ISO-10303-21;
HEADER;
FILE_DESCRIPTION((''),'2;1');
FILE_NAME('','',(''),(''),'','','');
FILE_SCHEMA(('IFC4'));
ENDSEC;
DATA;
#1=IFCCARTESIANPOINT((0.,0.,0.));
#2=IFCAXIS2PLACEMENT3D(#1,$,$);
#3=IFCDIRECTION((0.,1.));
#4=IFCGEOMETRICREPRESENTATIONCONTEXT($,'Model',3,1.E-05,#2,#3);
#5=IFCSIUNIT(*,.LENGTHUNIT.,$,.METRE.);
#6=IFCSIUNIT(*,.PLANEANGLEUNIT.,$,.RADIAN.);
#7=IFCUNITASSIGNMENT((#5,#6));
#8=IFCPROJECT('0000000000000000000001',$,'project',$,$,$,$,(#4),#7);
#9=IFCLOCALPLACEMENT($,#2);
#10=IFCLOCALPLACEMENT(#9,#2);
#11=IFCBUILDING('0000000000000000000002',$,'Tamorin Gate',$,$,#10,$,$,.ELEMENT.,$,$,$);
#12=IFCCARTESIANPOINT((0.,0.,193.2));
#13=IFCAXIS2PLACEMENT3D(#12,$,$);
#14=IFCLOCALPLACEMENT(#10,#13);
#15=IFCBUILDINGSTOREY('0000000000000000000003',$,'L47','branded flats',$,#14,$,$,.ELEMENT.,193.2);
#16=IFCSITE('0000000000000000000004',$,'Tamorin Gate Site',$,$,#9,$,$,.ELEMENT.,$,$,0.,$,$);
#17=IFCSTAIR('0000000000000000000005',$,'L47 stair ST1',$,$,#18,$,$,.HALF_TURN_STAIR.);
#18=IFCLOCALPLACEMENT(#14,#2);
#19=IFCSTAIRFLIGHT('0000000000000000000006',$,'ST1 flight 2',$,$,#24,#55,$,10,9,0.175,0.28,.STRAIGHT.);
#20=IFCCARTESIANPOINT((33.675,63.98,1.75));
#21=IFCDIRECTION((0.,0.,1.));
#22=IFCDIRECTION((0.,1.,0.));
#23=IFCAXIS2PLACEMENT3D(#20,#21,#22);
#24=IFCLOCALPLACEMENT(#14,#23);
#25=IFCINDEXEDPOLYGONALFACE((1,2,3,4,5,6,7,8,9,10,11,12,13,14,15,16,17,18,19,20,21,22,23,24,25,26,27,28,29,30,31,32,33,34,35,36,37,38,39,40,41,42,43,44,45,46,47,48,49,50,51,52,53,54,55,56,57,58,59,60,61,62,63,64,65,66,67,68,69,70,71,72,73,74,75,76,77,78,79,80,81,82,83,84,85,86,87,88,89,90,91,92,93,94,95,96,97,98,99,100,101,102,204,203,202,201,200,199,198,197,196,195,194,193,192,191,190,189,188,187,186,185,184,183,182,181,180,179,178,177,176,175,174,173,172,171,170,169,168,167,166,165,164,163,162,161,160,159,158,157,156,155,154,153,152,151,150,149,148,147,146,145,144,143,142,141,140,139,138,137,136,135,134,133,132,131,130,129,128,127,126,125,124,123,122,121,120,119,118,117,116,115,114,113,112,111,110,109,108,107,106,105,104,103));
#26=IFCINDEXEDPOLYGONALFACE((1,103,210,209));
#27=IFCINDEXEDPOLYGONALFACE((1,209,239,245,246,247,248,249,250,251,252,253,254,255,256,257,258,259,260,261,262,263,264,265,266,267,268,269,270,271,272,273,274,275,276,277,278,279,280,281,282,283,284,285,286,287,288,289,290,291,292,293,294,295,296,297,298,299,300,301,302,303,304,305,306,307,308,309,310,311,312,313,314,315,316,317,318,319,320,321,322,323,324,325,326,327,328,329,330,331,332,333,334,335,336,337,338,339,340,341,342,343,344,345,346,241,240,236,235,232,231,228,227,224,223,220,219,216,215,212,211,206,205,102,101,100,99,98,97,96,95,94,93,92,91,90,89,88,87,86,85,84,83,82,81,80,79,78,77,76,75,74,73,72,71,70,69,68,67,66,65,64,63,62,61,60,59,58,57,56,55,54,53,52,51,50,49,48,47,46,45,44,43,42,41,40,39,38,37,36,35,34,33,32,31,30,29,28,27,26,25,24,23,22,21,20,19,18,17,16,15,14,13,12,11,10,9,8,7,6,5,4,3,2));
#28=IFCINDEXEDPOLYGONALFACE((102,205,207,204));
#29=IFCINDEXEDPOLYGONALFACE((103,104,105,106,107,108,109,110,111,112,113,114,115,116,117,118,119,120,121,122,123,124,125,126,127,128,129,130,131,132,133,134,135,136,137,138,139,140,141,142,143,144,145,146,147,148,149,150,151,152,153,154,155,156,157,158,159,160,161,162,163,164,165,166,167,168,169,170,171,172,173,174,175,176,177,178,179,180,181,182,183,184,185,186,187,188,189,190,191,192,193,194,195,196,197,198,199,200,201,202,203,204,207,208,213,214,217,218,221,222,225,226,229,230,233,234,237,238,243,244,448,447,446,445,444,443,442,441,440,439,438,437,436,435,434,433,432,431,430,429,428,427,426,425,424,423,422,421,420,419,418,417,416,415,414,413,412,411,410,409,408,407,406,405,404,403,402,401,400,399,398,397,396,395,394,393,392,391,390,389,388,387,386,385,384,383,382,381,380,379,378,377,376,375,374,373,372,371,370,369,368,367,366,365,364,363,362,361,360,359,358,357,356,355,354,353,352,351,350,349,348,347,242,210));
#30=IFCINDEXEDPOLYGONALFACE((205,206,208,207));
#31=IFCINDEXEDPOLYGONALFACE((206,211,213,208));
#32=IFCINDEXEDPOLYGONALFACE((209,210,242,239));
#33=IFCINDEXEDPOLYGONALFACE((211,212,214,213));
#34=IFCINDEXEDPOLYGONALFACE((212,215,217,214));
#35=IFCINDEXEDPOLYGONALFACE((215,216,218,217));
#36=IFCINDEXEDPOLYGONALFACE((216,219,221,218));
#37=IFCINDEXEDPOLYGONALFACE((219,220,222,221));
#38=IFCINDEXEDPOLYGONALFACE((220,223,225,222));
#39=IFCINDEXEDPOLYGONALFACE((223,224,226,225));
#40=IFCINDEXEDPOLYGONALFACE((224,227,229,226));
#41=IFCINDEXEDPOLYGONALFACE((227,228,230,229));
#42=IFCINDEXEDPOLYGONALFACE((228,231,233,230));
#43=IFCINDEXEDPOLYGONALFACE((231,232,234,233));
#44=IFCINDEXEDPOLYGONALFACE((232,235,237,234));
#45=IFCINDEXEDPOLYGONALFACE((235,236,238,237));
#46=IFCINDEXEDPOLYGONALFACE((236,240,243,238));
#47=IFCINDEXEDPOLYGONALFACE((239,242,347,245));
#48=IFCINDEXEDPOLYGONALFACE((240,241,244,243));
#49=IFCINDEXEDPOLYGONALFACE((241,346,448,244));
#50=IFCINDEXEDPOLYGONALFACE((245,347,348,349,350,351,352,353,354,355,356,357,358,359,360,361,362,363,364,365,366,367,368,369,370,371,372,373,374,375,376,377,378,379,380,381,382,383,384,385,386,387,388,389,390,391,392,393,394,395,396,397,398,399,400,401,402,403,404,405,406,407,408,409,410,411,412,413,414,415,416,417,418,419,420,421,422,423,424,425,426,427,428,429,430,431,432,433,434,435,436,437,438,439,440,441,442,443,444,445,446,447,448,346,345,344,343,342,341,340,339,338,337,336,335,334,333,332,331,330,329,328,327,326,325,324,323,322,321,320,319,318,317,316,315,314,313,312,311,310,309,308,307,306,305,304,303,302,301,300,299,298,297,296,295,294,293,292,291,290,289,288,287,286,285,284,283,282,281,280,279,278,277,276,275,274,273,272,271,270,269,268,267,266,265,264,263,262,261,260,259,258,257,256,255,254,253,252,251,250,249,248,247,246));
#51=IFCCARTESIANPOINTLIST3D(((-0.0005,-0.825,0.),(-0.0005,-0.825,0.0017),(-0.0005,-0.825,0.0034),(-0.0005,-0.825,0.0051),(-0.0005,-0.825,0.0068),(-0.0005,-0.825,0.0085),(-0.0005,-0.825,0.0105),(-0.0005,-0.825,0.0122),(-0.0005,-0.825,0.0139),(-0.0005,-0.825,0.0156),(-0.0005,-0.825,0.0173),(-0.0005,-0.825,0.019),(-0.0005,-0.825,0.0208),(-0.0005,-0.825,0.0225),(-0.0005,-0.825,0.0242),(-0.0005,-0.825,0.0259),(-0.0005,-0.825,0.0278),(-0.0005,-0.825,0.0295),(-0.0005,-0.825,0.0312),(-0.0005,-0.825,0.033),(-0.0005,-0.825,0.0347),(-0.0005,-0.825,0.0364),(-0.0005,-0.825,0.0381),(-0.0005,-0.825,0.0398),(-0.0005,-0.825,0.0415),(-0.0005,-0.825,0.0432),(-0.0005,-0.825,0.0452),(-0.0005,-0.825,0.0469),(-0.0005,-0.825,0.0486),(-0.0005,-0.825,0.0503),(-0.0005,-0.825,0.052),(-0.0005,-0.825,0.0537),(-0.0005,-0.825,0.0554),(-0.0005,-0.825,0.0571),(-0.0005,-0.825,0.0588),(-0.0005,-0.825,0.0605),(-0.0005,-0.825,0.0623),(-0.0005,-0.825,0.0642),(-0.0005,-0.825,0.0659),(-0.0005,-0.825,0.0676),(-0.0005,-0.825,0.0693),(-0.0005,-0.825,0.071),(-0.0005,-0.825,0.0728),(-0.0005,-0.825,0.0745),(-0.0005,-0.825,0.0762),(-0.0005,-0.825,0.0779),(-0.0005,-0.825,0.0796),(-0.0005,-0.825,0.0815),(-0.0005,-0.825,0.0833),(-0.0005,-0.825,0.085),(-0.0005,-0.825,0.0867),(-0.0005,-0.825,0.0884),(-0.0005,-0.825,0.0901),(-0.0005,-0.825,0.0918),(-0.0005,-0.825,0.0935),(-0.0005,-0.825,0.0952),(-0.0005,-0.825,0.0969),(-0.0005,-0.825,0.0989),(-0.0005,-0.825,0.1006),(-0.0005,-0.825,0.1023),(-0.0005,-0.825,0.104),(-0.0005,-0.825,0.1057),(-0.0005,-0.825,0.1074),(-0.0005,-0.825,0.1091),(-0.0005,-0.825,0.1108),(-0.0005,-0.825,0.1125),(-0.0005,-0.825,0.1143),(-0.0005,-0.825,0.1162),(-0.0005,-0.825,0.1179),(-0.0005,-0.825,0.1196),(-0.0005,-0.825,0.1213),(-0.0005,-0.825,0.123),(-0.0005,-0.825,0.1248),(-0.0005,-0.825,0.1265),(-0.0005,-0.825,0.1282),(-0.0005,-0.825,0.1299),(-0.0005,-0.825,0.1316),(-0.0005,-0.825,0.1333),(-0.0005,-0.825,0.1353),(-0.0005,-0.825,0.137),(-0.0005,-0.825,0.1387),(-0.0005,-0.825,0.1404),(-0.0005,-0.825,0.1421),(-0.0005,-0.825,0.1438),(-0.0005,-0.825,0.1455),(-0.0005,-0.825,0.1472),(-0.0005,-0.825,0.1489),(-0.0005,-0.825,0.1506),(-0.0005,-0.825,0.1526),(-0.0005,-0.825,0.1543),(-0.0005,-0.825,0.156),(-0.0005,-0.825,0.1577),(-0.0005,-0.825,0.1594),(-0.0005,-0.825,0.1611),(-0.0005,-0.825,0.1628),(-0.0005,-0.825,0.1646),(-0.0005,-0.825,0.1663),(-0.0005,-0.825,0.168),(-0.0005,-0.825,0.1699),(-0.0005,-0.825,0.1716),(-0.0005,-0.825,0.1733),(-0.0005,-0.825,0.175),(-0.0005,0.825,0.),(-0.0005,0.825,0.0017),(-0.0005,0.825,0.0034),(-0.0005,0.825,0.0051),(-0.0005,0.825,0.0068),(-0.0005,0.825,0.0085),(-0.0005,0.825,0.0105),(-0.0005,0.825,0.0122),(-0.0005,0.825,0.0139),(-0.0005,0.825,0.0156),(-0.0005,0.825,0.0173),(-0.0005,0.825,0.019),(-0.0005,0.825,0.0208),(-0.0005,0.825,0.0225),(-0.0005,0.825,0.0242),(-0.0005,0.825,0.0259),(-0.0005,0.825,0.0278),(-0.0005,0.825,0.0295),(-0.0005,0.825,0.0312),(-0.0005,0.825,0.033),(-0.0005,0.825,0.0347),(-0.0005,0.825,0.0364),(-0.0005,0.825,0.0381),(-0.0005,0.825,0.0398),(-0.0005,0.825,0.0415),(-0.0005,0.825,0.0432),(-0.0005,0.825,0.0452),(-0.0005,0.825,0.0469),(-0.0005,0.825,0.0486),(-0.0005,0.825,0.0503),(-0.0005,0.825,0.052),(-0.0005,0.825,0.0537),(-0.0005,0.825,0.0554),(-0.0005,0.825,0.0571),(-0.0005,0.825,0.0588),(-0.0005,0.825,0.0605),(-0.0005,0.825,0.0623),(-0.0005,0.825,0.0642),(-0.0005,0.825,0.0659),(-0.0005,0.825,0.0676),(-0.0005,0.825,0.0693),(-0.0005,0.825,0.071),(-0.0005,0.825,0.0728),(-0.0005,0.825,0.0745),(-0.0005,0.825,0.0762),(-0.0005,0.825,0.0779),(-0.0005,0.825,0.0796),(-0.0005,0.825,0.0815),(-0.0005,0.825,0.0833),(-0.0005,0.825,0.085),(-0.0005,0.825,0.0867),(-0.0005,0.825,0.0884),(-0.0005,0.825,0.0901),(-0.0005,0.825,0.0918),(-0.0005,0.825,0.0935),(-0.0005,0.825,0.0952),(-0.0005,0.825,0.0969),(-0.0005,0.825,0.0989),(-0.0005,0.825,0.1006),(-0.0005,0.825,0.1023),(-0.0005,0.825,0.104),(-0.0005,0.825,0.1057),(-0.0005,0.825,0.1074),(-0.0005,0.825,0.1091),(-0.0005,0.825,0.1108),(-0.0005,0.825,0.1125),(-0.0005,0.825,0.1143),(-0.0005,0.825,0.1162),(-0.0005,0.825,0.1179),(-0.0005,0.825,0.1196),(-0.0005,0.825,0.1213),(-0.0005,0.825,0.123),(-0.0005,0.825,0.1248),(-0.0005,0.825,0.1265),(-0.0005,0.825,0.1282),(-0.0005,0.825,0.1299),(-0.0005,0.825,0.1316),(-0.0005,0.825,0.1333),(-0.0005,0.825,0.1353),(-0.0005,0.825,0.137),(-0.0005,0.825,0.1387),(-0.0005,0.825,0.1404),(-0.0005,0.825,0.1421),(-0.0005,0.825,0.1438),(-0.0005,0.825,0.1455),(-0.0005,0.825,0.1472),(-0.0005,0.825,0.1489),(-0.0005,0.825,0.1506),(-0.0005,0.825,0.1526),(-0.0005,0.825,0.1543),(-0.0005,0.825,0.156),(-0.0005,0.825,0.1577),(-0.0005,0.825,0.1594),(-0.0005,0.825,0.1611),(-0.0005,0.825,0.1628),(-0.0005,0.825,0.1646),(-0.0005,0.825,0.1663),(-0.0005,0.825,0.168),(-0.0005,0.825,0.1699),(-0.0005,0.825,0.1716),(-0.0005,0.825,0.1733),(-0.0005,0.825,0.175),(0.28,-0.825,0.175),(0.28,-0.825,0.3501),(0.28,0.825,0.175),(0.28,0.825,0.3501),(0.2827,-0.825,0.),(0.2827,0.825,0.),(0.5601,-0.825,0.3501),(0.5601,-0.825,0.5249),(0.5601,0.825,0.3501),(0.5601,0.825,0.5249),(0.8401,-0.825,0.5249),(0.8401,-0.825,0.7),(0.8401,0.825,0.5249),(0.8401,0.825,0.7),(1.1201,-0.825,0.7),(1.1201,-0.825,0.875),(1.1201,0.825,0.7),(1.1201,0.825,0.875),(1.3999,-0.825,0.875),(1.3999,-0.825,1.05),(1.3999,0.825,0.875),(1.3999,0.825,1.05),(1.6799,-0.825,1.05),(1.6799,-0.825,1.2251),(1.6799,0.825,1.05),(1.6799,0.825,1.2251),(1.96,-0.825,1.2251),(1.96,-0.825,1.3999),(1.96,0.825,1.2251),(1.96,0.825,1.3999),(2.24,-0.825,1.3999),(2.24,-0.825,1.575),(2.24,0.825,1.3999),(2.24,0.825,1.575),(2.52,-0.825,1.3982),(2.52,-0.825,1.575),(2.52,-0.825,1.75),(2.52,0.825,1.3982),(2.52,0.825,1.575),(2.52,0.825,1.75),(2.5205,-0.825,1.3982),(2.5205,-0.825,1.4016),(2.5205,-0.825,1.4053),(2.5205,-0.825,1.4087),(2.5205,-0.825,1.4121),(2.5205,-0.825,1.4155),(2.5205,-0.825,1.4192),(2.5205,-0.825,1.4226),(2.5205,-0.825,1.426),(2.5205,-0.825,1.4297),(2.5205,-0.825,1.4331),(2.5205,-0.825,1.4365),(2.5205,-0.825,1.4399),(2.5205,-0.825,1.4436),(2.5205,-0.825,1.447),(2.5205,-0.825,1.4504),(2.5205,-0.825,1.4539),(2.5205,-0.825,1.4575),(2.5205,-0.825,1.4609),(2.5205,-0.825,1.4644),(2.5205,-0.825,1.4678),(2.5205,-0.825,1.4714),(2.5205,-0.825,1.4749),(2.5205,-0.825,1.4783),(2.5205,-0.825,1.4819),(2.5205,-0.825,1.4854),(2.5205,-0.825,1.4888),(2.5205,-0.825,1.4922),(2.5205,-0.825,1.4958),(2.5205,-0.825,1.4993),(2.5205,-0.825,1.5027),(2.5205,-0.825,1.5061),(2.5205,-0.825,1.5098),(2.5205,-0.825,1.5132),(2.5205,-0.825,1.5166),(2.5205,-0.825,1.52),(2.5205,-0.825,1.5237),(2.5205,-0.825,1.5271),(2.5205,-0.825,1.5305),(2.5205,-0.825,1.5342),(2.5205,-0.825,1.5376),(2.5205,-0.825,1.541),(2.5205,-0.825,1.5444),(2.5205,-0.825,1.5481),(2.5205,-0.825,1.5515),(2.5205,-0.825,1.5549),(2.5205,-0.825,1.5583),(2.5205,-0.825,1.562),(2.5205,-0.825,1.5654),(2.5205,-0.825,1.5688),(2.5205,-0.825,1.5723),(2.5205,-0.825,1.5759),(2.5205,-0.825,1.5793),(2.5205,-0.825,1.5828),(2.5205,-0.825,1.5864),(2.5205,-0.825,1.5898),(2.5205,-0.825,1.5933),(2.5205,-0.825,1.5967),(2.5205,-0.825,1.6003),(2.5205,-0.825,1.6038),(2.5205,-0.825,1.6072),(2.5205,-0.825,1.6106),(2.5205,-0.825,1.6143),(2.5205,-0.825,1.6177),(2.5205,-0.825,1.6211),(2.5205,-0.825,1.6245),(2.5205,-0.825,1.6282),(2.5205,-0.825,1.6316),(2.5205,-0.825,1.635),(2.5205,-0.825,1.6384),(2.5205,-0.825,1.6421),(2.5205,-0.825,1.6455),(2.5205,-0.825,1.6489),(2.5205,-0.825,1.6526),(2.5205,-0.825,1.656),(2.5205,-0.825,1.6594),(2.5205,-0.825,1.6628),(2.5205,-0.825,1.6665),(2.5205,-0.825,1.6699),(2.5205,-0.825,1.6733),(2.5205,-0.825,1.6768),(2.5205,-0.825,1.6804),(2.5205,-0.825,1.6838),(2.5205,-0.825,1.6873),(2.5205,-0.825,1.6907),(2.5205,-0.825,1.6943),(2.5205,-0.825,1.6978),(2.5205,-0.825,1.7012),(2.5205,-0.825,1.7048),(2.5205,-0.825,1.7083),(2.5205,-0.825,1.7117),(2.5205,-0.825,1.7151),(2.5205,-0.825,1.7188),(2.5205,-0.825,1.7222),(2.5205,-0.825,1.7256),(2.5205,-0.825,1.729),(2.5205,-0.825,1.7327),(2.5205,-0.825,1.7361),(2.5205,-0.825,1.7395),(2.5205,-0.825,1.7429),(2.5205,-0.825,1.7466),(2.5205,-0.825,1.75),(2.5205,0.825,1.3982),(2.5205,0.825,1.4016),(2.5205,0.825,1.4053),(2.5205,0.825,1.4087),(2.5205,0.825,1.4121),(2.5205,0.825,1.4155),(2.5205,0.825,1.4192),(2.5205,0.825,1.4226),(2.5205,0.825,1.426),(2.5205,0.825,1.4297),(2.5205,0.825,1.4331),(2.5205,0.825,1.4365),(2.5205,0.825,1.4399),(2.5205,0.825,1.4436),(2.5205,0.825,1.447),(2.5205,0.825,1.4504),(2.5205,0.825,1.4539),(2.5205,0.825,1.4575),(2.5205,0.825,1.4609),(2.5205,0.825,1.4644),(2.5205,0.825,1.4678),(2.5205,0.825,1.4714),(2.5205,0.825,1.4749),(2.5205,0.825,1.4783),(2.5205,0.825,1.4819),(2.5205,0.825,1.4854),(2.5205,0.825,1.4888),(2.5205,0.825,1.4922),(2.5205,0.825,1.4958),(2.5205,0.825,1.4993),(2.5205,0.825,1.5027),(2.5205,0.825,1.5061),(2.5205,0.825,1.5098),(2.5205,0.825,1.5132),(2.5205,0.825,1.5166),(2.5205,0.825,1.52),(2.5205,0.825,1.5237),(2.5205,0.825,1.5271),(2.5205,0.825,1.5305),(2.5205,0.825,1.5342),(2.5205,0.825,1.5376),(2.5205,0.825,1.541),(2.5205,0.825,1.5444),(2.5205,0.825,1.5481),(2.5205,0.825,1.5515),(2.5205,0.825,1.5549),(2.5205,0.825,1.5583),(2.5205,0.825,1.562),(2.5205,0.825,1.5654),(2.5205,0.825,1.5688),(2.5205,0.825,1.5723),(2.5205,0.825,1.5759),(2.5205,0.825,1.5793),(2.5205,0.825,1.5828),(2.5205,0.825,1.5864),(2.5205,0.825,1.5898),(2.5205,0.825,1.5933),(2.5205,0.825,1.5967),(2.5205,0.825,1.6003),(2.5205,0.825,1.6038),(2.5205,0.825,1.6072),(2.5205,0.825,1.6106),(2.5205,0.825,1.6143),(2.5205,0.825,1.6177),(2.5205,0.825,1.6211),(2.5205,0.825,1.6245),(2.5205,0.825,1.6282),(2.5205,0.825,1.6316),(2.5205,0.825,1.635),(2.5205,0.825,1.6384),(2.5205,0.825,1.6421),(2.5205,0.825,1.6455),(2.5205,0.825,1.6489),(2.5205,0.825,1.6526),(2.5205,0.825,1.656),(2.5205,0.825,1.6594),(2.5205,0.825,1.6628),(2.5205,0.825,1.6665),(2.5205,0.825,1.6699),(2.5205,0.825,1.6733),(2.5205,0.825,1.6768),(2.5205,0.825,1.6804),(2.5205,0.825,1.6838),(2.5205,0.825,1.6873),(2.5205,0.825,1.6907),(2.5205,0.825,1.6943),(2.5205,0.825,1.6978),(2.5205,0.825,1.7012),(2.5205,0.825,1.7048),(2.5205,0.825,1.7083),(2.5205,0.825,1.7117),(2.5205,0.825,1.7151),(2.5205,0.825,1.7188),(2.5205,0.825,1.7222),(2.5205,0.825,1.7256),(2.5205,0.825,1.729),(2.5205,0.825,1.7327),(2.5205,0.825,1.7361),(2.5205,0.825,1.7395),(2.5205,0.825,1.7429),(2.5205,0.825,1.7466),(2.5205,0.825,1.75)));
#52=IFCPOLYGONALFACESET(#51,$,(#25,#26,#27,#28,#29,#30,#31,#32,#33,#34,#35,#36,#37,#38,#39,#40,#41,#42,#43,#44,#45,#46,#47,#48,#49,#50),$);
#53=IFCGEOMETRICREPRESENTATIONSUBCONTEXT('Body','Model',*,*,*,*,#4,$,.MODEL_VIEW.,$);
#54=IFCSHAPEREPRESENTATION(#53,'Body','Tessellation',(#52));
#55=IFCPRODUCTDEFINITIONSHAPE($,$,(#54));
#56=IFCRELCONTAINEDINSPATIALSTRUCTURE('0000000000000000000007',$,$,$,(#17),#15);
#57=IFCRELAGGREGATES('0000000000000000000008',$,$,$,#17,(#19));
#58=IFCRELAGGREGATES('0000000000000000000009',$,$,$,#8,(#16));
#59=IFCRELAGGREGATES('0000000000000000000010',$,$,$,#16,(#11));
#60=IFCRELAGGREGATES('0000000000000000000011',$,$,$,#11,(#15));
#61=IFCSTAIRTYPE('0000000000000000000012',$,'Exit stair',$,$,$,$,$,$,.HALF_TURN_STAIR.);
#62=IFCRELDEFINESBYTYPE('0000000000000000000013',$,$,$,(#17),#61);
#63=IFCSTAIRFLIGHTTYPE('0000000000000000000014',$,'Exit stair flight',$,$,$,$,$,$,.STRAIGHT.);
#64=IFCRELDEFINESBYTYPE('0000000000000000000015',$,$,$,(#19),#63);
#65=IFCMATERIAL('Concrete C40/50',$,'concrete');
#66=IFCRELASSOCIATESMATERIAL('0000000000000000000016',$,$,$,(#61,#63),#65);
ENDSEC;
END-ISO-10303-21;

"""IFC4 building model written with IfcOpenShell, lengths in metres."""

from ifc_helpers import new_model, si_unit, direction, frame, origin, place, context, subcontext, project, spatial, polyline, outline, extrude, material, type_object, element, aggregate, save


model = new_model("IFC4")

# Units and contexts
model_context = context("Model", 3, precision=1e-05, world=origin(), true_north=direction((0.0, 1.0)))
body_context = subcontext(model_context, "Body", "Model", "MODEL_VIEW")
ifc_project = project(units=[si_unit("LENGTHUNIT", "METRE"), si_unit("PLANEANGLEUNIT", "RADIAN")], contexts=[model_context])

# Site, building, storey
site_placement = place(None, origin())
site = spatial("IfcSite", under=ifc_project, at=site_placement, Name="Tamorin Gate Site", CompositionType="ELEMENT", RefElevation=0.0)
building_placement = place(site_placement, origin())
building = spatial("IfcBuilding", under=site, at=building_placement, Name="Tamorin Gate", CompositionType="ELEMENT")
storey_placement = place(building_placement, frame((0.0, 0.0, 193.2)))
storey = spatial("IfcBuildingStorey", under=building, at=storey_placement, Name="L47", Description="branded flats", CompositionType="ELEMENT", Elevation=193.2)

# Shared definitions
ifc_material_1 = material(Name="Concrete C40/50", Category="concrete")

# Stair, stair flight
stair_type = type_object("IfcStairType", Name="Exit stair", PredefinedType="HALF_TURN_STAIR", material=ifc_material_1)
stair_1_placement = place(storey_placement, origin())
stair_1 = element("IfcStair", 1, at=stair_1_placement, inside=storey, type_object=stair_type, Name="L47 stair ST1", PredefinedType="HALF_TURN_STAIR")
stair_flight_type = type_object("IfcStairFlightType", Name="Exit stair flight", PredefinedType="STRAIGHT", material=ifc_material_1)
stair_flight_1_placement = place(storey_placement, frame((33.675, 63.98, 1.75), z_axis=(0.0, 0.0, 1.0), x_axis=(0.0, 1.0, 0.0)))
stair_flight_1 = element("IfcStairFlight", 2, at=stair_flight_1_placement, type_object=stair_flight_type, Name="ST1 flight 2", NumberOfRisers=10, NumberOfTreads=9, PredefinedType="STRAIGHT", RiserHeight=0.175, TreadLength=0.28, context=body_context, shape_type="SweptSolid", body=[
    extrude(outline(polyline([(-0.0005, 0.0), (-0.0005, 0.0017), (-0.0005, 0.0034), (-0.0005, 0.0051), (-0.0005, 0.0068), (-0.0005, 0.0085), (-0.0005, 0.0105), (-0.0005, 0.0122), (-0.0005, 0.0139), (-0.0005, 0.0156), (-0.0005, 0.0173), (-0.0005, 0.019), (-0.0005, 0.0208), (-0.0005, 0.0225), (-0.0005, 0.0242), (-0.0005, 0.0259), (-0.0005, 0.0278), (-0.0005, 0.0295), (-0.0005, 0.0312), (-0.0005, 0.033), (-0.0005, 0.0347), (-0.0005, 0.0364), (-0.0005, 0.0381), (-0.0005, 0.0398), (-0.0005, 0.0415), (-0.0005, 0.0432), (-0.0005, 0.0452), (-0.0005, 0.0469), (-0.0005, 0.0486), (-0.0005, 0.0503), (-0.0005, 0.052), (-0.0005, 0.0537), (-0.0005, 0.0554), (-0.0005, 0.0571), (-0.0005, 0.0588), (-0.0005, 0.0605), (-0.0005, 0.0623), (-0.0005, 0.0642), (-0.0005, 0.0659), (-0.0005, 0.0676), (-0.0005, 0.0693), (-0.0005, 0.071), (-0.0005, 0.0728), (-0.0005, 0.0745), (-0.0005, 0.0762), (-0.0005, 0.0779), (-0.0005, 0.0796), (-0.0005, 0.0815), (-0.0005, 0.0833), (-0.0005, 0.085), (-0.0005, 0.0867), (-0.0005, 0.0884), (-0.0005, 0.0901), (-0.0005, 0.0918), (-0.0005, 0.0935), (-0.0005, 0.0952), (-0.0005, 0.0969), (-0.0005, 0.0989), (-0.0005, 0.1006), (-0.0005, 0.1023), (-0.0005, 0.104), (-0.0005, 0.1057), (-0.0005, 0.1074), (-0.0005, 0.1091), (-0.0005, 0.1108), (-0.0005, 0.1125), (-0.0005, 0.1143), (-0.0005, 0.1162), (-0.0005, 0.1179), (-0.0005, 0.1196), (-0.0005, 0.1213), (-0.0005, 0.123), (-0.0005, 0.1248), (-0.0005, 0.1265), (-0.0005, 0.1282), (-0.0005, 0.1299), (-0.0005, 0.1316), (-0.0005, 0.1333), (-0.0005, 0.1353), (-0.0005, 0.137), (-0.0005, 0.1387), (-0.0005, 0.1404), (-0.0005, 0.1421), (-0.0005, 0.1438), (-0.0005, 0.1455), (-0.0005, 0.1472), (-0.0005, 0.1489), (-0.0005, 0.1506), (-0.0005, 0.1526), (-0.0005, 0.1543), (-0.0005, 0.156), (-0.0005, 0.1577), (-0.0005, 0.1594), (-0.0005, 0.1611), (-0.0005, 0.1628), (-0.0005, 0.1646), (-0.0005, 0.1663), (-0.0005, 0.168), (-0.0005, 0.1699), (-0.0005, 0.1716), (-0.0005, 0.1733), (-0.0005, 0.175), (0.28, 0.175), (0.28, 0.3501), (0.5601, 0.3501), (0.5601, 0.5249), (0.8401, 0.5249), (0.8401, 0.7), (1.1201, 0.7), (1.1201, 0.875), (1.3999, 0.875), (1.3999, 1.05), (1.6799, 1.05), (1.6799, 1.2251), (1.96, 1.2251), (1.96, 1.3999), (2.24, 1.3999), (2.24, 1.575), (2.52, 1.575), (2.52, 1.75), (2.5205, 1.75), (2.5205, 1.7466), (2.5205, 1.7429), (2.5205, 1.7395), (2.5205, 1.7361), (2.5205, 1.7327), (2.5205, 1.729), (2.5205, 1.7256), (2.5205, 1.7222), (2.5205, 1.7188), (2.5205, 1.7151), (2.5205, 1.7117), (2.5205, 1.7083), (2.5205, 1.7048), (2.5205, 1.7012), (2.5205, 1.6978), (2.5205, 1.6943), (2.5205, 1.6907), (2.5205, 1.6873), (2.5205, 1.6838), (2.5205, 1.6804), (2.5205, 1.6768), (2.5205, 1.6733), (2.5205, 1.6699), (2.5205, 1.6665), (2.5205, 1.6628), (2.5205, 1.6594), (2.5205, 1.656), (2.5205, 1.6526), (2.5205, 1.6489), (2.5205, 1.6455), (2.5205, 1.6421), (2.5205, 1.6384), (2.5205, 1.635), (2.5205, 1.6316), (2.5205, 1.6282), (2.5205, 1.6245), (2.5205, 1.6211), (2.5205, 1.6177), (2.5205, 1.6143), (2.5205, 1.6106), (2.5205, 1.6072), (2.5205, 1.6038), (2.5205, 1.6003), (2.5205, 1.5967), (2.5205, 1.5933), (2.5205, 1.5898), (2.5205, 1.5864), (2.5205, 1.5828), (2.5205, 1.5793), (2.5205, 1.5759), (2.5205, 1.5723), (2.5205, 1.5688), (2.5205, 1.5654), (2.5205, 1.562), (2.5205, 1.5583), (2.5205, 1.5549), (2.5205, 1.5515), (2.5205, 1.5481), (2.5205, 1.5444), (2.5205, 1.541), (2.5205, 1.5376), (2.5205, 1.5342), (2.5205, 1.5305), (2.5205, 1.5271), (2.5205, 1.5237), (2.5205, 1.52), (2.5205, 1.5166), (2.5205, 1.5132), (2.5205, 1.5098), (2.5205, 1.5061), (2.5205, 1.5027), (2.5205, 1.4993), (2.5205, 1.4958), (2.5205, 1.4922), (2.5205, 1.4888), (2.5205, 1.4854), (2.5205, 1.4819), (2.5205, 1.4783), (2.5205, 1.4749), (2.5205, 1.4714), (2.5205, 1.4678), (2.5205, 1.4644), (2.5205, 1.4609), (2.5205, 1.4575), (2.5205, 1.4539), (2.5205, 1.4504), (2.5205, 1.447), (2.5205, 1.4436), (2.5205, 1.4399), (2.5205, 1.4365), (2.5205, 1.4331), (2.5205, 1.4297), (2.5205, 1.426), (2.5205, 1.4226), (2.5205, 1.4192), (2.5205, 1.4155), (2.5205, 1.4121), (2.5205, 1.4087), (2.5205, 1.4053), (2.5205, 1.4016), (2.5205, 1.3982), (2.52, 1.3982), (0.2827, 0.0), (-0.0005, 0.0)])), frame((0.0, 0.825, 0.0), z_axis=(0.0, -1.0, 0.0), x_axis=(1.0, 0.0, 0.0)), (0.0, 0.0, 1.0), 1.6499),
])
aggregate(stair_1, [stair_flight_1])

save(model, "model.ifc")
